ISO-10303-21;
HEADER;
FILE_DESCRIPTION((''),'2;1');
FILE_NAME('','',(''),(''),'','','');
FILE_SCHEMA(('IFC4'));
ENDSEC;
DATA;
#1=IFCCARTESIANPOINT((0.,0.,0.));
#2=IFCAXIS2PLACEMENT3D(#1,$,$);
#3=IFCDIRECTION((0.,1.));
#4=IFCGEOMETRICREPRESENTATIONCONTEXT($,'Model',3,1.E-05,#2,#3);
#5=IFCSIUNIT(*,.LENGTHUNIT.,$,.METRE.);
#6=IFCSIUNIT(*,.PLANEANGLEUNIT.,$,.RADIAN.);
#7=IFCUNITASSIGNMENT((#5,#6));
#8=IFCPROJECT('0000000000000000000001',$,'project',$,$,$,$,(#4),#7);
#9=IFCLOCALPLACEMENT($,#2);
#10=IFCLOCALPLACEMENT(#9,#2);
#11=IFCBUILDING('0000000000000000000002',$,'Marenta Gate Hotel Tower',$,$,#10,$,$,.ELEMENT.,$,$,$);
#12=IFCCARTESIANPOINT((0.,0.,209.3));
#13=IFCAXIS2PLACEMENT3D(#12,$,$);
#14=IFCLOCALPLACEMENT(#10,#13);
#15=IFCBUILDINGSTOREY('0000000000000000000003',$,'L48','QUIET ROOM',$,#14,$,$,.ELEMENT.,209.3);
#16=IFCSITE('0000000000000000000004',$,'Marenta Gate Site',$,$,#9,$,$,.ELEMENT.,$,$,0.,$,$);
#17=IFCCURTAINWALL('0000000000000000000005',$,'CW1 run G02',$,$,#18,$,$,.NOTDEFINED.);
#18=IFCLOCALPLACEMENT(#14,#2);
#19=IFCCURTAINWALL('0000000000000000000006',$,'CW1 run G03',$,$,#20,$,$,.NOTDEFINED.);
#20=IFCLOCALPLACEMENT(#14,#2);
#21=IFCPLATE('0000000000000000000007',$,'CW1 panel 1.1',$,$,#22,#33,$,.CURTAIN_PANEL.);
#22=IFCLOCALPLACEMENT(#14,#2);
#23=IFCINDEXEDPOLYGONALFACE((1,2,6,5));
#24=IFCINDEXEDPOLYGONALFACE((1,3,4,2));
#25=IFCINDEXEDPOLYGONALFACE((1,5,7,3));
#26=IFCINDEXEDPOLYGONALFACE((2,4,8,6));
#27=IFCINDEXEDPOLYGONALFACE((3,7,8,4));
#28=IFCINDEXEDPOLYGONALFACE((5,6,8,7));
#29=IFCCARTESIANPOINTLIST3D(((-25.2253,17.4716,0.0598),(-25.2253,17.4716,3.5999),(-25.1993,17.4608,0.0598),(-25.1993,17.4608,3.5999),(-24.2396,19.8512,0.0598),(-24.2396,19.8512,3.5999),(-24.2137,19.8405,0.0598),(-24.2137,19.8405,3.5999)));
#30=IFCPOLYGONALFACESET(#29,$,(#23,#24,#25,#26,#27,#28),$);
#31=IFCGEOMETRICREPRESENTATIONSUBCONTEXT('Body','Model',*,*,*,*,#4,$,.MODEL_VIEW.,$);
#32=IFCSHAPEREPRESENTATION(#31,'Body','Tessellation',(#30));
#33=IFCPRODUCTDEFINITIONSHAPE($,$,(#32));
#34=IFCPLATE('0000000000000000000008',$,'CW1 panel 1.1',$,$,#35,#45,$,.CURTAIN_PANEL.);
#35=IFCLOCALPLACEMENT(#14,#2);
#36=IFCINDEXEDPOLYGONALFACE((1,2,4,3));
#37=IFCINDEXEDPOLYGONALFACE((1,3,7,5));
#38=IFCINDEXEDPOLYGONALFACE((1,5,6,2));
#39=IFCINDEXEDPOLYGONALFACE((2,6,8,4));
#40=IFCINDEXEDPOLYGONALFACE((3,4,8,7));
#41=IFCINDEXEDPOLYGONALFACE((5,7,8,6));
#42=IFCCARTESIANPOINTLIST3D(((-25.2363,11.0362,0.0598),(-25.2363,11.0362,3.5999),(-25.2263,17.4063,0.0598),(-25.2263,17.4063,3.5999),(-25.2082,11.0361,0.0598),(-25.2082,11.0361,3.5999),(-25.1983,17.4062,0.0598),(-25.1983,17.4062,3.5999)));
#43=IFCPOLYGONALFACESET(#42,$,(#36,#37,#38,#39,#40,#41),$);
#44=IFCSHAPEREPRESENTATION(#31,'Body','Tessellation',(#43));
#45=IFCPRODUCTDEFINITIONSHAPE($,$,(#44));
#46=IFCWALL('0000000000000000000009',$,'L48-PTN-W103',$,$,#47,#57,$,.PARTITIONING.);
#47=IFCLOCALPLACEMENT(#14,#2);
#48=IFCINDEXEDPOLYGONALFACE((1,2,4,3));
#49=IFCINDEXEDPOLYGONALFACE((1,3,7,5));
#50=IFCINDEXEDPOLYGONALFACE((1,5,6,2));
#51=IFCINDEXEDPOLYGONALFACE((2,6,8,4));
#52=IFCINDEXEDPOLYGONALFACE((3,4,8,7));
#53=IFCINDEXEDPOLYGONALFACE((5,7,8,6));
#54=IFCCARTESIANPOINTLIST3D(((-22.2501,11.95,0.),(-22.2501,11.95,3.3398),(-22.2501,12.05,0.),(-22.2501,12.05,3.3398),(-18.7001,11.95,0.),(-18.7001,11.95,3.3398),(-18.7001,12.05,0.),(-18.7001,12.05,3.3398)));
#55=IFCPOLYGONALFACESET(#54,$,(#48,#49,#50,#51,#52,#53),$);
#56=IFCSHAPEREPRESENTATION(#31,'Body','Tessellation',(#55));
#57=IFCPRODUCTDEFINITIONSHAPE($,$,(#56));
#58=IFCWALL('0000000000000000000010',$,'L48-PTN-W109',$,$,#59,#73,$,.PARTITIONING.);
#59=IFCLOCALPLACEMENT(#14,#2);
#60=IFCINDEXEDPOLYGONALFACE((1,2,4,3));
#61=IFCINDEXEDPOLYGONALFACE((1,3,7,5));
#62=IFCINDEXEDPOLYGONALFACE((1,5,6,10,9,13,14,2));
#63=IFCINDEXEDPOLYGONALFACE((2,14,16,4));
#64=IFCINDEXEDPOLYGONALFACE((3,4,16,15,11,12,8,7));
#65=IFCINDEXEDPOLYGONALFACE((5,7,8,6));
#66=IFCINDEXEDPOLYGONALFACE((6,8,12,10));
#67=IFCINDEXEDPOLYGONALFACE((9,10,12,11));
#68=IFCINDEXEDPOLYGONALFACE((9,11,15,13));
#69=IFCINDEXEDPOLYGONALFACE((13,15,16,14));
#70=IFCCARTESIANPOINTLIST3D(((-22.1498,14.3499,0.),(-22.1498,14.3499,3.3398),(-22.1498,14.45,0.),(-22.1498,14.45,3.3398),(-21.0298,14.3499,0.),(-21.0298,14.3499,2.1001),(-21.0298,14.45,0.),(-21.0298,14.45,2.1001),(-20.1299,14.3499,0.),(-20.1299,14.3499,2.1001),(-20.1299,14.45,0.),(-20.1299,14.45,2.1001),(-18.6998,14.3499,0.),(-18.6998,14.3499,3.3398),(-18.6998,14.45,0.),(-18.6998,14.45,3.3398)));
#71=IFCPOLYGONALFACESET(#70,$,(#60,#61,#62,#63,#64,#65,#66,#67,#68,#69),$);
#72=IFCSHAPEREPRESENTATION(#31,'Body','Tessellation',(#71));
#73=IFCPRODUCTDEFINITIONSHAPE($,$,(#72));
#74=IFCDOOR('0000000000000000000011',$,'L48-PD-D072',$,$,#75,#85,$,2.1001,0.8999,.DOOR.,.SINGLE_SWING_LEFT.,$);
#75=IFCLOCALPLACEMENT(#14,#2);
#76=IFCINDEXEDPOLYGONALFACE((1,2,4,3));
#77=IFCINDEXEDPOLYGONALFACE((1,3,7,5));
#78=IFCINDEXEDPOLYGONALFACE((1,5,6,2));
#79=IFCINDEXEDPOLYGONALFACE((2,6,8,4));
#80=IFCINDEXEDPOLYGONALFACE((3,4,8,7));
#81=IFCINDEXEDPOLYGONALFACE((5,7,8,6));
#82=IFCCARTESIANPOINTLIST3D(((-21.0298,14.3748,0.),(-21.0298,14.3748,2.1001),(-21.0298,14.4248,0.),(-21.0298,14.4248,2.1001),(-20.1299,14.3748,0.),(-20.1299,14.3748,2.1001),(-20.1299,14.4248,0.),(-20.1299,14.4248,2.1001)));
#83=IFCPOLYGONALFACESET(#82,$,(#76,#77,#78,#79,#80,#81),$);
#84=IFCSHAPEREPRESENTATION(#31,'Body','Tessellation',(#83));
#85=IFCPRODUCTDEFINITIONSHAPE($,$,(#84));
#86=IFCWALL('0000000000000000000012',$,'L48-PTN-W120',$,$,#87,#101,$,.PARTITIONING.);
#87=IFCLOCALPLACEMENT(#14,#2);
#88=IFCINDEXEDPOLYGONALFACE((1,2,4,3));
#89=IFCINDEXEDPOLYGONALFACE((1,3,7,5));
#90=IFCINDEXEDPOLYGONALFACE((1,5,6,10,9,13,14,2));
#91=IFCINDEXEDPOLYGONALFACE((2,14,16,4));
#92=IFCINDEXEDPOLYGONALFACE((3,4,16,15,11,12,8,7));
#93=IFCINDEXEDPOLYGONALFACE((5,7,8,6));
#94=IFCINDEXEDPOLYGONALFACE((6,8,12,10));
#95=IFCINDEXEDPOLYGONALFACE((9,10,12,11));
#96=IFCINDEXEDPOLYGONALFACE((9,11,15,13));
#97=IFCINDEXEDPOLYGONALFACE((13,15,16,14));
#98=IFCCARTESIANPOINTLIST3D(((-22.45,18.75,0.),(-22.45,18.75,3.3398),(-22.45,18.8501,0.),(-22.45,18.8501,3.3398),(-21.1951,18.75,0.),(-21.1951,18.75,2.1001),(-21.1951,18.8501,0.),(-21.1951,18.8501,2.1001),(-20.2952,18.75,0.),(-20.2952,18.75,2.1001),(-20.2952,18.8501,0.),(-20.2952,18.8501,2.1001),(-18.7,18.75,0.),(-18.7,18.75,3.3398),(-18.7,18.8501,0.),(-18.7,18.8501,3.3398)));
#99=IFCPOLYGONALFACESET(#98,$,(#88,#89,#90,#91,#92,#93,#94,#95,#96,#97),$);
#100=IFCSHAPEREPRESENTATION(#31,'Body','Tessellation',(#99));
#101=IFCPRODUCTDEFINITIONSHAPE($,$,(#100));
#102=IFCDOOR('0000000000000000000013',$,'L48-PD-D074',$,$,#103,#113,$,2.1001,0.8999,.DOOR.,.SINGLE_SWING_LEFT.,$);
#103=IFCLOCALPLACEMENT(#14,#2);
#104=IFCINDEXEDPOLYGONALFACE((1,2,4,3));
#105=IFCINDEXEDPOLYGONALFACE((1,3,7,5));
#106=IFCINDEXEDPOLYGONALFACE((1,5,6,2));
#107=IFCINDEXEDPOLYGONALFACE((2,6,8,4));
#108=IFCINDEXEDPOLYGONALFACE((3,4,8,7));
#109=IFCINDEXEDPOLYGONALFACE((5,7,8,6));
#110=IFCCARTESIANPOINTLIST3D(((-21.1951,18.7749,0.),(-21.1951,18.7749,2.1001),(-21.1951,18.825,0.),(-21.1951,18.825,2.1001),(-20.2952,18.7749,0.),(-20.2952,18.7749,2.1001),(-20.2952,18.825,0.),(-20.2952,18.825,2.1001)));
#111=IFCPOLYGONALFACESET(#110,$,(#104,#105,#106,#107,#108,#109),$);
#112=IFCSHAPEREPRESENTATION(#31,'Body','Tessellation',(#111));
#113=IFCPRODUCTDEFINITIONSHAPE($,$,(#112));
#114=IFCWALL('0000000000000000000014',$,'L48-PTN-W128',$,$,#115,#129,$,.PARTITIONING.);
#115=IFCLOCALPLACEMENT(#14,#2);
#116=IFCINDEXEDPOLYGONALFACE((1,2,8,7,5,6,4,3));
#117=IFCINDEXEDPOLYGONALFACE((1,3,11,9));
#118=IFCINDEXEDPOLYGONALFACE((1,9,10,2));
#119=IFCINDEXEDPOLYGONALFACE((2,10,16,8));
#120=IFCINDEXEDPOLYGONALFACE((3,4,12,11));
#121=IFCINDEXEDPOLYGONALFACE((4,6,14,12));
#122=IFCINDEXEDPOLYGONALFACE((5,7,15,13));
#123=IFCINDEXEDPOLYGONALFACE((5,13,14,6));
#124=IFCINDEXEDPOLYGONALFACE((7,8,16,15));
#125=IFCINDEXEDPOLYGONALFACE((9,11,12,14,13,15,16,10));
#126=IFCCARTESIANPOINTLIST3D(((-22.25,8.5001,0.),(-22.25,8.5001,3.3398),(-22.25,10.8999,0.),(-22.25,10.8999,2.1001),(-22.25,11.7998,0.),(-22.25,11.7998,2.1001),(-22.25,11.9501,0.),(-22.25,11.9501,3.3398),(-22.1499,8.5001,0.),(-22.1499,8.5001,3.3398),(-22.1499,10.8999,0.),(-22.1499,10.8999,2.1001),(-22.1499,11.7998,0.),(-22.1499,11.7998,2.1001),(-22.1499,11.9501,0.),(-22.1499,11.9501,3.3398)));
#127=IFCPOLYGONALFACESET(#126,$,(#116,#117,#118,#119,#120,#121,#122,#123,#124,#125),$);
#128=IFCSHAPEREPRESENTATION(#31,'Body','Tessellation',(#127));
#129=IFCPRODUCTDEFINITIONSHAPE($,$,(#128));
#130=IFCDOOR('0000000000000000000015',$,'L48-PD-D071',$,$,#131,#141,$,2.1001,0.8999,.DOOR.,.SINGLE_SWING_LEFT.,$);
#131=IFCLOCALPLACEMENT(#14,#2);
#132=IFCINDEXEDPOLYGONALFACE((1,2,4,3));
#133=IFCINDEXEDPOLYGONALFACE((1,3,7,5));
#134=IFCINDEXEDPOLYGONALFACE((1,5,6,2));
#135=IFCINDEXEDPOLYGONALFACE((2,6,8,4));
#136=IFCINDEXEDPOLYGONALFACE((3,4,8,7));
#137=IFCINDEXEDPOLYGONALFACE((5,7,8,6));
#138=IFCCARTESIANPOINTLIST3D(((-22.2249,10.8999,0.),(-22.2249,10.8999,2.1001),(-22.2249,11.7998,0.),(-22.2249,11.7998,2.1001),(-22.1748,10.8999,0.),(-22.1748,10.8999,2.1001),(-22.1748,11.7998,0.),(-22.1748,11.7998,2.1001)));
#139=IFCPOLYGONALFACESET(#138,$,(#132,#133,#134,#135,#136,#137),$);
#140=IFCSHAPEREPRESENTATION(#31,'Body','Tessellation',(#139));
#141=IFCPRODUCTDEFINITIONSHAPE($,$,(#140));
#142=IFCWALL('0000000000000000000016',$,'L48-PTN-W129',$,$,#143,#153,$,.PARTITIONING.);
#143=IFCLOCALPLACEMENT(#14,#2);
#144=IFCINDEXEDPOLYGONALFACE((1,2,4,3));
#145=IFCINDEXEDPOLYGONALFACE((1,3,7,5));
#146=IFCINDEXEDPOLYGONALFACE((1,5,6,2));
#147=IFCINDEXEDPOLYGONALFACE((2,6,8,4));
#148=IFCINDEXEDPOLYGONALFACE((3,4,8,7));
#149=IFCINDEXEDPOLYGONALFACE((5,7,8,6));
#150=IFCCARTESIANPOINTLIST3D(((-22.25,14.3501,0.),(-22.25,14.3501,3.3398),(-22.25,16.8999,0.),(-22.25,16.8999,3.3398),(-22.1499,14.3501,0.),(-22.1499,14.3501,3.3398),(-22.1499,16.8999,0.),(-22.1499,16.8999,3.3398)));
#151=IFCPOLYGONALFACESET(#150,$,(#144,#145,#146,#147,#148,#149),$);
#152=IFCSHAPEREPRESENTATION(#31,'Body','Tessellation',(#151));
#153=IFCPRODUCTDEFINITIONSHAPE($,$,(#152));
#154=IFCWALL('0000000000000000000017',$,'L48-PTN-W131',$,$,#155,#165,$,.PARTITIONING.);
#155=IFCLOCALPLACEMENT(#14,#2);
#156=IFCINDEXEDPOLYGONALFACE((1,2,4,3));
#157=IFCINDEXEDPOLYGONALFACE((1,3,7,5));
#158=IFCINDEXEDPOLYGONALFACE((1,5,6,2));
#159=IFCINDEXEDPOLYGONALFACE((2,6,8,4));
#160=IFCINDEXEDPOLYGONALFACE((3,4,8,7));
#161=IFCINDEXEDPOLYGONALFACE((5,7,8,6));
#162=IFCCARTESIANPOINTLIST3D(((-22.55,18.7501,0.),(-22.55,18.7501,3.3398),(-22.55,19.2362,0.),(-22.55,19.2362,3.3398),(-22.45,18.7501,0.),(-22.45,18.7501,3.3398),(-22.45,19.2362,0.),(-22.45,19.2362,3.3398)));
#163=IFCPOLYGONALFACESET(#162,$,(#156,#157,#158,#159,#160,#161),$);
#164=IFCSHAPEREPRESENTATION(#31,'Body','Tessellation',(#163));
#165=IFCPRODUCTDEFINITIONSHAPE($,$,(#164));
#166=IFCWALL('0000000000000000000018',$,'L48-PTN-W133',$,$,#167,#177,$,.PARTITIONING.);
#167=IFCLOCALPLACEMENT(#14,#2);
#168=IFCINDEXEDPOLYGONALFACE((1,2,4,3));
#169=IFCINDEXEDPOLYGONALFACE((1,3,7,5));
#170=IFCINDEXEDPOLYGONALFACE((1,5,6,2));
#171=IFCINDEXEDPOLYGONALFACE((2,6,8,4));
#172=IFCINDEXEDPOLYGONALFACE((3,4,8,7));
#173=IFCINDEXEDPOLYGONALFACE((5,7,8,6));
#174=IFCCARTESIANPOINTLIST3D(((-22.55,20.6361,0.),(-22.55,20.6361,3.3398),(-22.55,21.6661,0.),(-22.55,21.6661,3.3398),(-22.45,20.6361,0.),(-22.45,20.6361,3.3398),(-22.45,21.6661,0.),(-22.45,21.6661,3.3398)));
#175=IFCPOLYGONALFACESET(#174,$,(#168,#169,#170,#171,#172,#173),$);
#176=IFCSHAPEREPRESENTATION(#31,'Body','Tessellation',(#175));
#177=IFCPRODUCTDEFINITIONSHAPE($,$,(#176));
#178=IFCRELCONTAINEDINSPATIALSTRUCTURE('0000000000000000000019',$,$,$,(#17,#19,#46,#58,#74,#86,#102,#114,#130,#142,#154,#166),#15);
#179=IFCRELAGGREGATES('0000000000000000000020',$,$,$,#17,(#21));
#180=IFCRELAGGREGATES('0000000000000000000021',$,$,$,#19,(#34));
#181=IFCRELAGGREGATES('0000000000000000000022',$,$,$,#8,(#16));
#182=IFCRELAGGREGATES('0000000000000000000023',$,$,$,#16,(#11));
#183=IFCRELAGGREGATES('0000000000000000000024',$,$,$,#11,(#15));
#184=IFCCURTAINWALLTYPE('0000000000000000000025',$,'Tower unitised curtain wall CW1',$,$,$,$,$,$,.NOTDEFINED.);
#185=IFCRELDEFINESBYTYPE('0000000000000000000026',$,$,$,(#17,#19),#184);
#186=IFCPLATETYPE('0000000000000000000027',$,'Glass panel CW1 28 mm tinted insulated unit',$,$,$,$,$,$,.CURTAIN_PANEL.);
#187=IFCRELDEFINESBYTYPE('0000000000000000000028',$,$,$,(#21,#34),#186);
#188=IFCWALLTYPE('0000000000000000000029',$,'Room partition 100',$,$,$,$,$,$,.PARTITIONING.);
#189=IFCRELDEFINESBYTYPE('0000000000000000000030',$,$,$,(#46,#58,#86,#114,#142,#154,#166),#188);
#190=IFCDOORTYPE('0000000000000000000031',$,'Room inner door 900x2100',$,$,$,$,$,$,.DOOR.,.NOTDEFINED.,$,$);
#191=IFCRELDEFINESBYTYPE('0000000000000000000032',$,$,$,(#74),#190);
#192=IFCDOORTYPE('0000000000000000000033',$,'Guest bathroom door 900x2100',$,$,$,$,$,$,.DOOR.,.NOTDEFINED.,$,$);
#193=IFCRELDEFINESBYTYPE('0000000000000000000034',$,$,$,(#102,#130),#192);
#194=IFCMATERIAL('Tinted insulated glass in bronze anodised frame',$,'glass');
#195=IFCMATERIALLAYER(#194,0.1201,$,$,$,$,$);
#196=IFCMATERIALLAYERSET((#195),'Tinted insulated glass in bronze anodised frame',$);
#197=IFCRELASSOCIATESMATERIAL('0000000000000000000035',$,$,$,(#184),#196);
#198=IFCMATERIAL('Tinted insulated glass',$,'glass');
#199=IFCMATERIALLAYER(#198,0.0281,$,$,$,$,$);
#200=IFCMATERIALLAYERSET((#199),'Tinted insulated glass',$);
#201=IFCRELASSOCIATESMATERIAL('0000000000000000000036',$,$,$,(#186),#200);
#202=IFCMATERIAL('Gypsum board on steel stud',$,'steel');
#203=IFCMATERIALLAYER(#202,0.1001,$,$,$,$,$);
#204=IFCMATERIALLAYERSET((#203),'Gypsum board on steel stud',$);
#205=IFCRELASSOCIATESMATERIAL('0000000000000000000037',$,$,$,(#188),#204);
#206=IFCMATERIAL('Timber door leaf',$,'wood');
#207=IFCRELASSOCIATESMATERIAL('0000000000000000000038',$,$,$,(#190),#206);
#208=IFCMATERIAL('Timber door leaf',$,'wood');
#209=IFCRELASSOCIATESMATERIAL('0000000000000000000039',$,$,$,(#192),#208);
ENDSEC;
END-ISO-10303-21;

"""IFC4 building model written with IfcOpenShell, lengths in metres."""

from ifc_helpers import new_model, si_unit, direction, frame, frame_2d, origin, origin_2d, place, context, subcontext, project, spatial, rectangle, extrude, material, layer, layer_set, type_object, element, fill, aggregate, save


model = new_model("IFC4")

# Units and contexts
model_context = context("Model", 3, precision=1e-05, world=origin(), true_north=direction((0.0, 1.0)))
body_context = subcontext(model_context, "Body", "Model", "MODEL_VIEW")
ifc_project = project(units=[si_unit("LENGTHUNIT", "METRE"), si_unit("PLANEANGLEUNIT", "RADIAN")], contexts=[model_context])

# Site, building, storey
site_placement = place(None, origin())
site = spatial("IfcSite", under=ifc_project, at=site_placement, Name="Marenta Gate Site", CompositionType="ELEMENT", RefElevation=0.0)
building_placement = place(site_placement, origin())
building = spatial("IfcBuilding", under=site, at=building_placement, Name="Marenta Gate Hotel Tower", CompositionType="ELEMENT")
storey_placement = place(building_placement, frame((0.0, 0.0, 209.3)))
storey = spatial("IfcBuildingStorey", under=building, at=storey_placement, Name="L48", Description="QUIET ROOM", CompositionType="ELEMENT", Elevation=209.3)

# Curtain wall
ifc_material_1 = material(Name="Tinted insulated glass in bronze anodised frame", Category="glass")
ifc_layer_1 = layer(ifc_material_1, 0.1201)
ifc_layer_set_1 = layer_set([ifc_layer_1], Name="Tinted insulated glass in bronze anodised frame")
curtain_wall_type = type_object("IfcCurtainWallType", Name="Tower unitised curtain wall CW1", PredefinedType="NOTDEFINED", material=ifc_layer_set_1)
curtain_wall_1_placement = place(storey_placement, origin())
curtain_wall_1 = element("IfcCurtainWall", 1, at=curtain_wall_1_placement, inside=storey, type_object=curtain_wall_type, Name="CW1 run G02", PredefinedType="NOTDEFINED")

# Curtain wall
curtain_wall_2_placement = place(storey_placement, origin())
curtain_wall_2 = element("IfcCurtainWall", 2, at=curtain_wall_2_placement, inside=storey, type_object=curtain_wall_type, Name="CW1 run G03", PredefinedType="NOTDEFINED")

# Shared definitions
ifc_material_2 = material(Name="Tinted insulated glass", Category="glass")
ifc_layer_2 = layer(ifc_material_2, 0.0281)
ifc_layer_set_2 = layer_set([ifc_layer_2], Name="Tinted insulated glass")
plate_type = type_object("IfcPlateType", Name="Glass panel CW1 28 mm tinted insulated unit", PredefinedType="CURTAIN_PANEL", material=ifc_layer_set_2)

# Plates
plate_1_placement = place(storey_placement, frame((-24.7195, 18.656, 0.0598), z_axis=(0.0, 0.0, 1.0), x_axis=(-0.382667, -0.923886, 0.0)))
plate_1 = element("IfcPlate", 3, at=plate_1_placement, type_object=plate_type, Name="CW1 panel 1.1", PredefinedType="CURTAIN_PANEL", context=body_context, shape_type="SweptSolid", body=[
    extrude(rectangle(XDim=2.5757, YDim=0.0281, at=origin_2d()), origin(), (0.0, 0.0, 1.0), 3.54),
])
aggregate(curtain_wall_1, [plate_1])
plate_2_placement = place(storey_placement, frame((-25.2173, 14.2212, 0.0598), z_axis=(0.0, 0.0, 1.0), x_axis=(-0.001566, -0.999999, 0.0)))
plate_2 = element("IfcPlate", 4, at=plate_2_placement, type_object=plate_type, Name="CW1 panel 1.1", PredefinedType="CURTAIN_PANEL", context=body_context, shape_type="SweptSolid", body=[
    extrude(rectangle(XDim=6.3701, YDim=0.0281, at=origin_2d()), origin(), (0.0, 0.0, 1.0), 3.54),
])
aggregate(curtain_wall_2, [plate_2])

# Wall
ifc_material_3 = material(Name="Gypsum board on steel stud", Category="steel")
ifc_layer_3 = layer(ifc_material_3, 0.1001)
ifc_layer_set_3 = layer_set([ifc_layer_3], Name="Gypsum board on steel stud")
wall_type_1 = type_object("IfcWallType", Name="Room partition 100", PredefinedType="PARTITIONING", material=ifc_layer_set_3)
wall_1_placement = place(storey_placement, frame((-22.25, 12.0, 0.0), z_axis=(0.0, 0.0, 1.0), x_axis=(1.0, 0.0, 0.0)))
element("IfcWall", 5, at=wall_1_placement, inside=storey, type_object=wall_type_1, Name="L48-PTN-W103", PredefinedType="PARTITIONING", context=body_context, shape_type="SweptSolid", body=[
    extrude(rectangle(XDim=3.55, YDim=0.1001, at=frame_2d((1.7749, 0.0))), origin(), (0.0, 0.0, 1.0), 3.3398),
])

# Walls, openings, doors
wall_2_placement = place(storey_placement, frame((-22.1499, 14.3999, 0.0), z_axis=(0.0, 0.0, 1.0), x_axis=(1.0, 0.0, 0.0)))
wall_2 = element("IfcWall", 6, at=wall_2_placement, inside=storey, type_object=wall_type_1, Name="L48-PTN-W109", PredefinedType="PARTITIONING", context=body_context, shape_type="SweptSolid", body=[
    extrude(rectangle(XDim=3.45, YDim=0.1001, at=frame_2d((1.7251, 0.0))), origin(), (0.0, 0.0, 1.0), 3.3398),
])
opening_1_placement = place(wall_2_placement, frame((1.1201, 0.0, 0.0)))
opening_1 = element("IfcOpeningElement", 7, at=opening_1_placement, cuts=wall_2, PredefinedType="OPENING", context=body_context, shape_type="SweptSolid", body=[
    extrude(rectangle(XDim=0.8999, YDim=2.1001, at=frame_2d((0.45, 1.05))), frame((0.0, 0.05, 0.0), z_axis=(0.0, -1.0, 0.0), x_axis=(1.0, 0.0, 0.0)), (0.0, 0.0, 1.0), 0.1001),
])
ifc_material_4 = material(Name="Timber door leaf", Category="wood")
door_type_1 = type_object("IfcDoorType", Name="Room inner door 900x2100", OperationType="NOTDEFINED", PredefinedType="DOOR", material=ifc_material_4)
door_1_placement = place(opening_1_placement, origin())
door_1 = element("IfcDoor", 8, at=door_1_placement, inside=storey, type_object=door_type_1, Name="L48-PD-D072", OperationType="SINGLE_SWING_LEFT", OverallHeight=2.1001, OverallWidth=0.8999, PredefinedType="DOOR", context=body_context, shape_type="SweptSolid", body=[
    extrude(rectangle(XDim=0.8999, YDim=2.1001, at=frame_2d((0.45, 1.05))), frame((0.0, 0.0249, 0.0), z_axis=(0.0, -1.0, 0.0), x_axis=(1.0, 0.0, 0.0)), (0.0, 0.0, 1.0), 0.05),
])
fill(opening_1, door_1)
wall_3_placement = place(storey_placement, frame((-22.45, 18.8, 0.0), z_axis=(0.0, 0.0, 1.0), x_axis=(1.0, 0.0, 0.0)))
wall_3 = element("IfcWall", 9, at=wall_3_placement, inside=storey, type_object=wall_type_1, Name="L48-PTN-W120", PredefinedType="PARTITIONING", context=body_context, shape_type="SweptSolid", body=[
    extrude(rectangle(XDim=3.75, YDim=0.1001, at=frame_2d((1.875, 0.0))), origin(), (0.0, 0.0, 1.0), 3.3398),
])
opening_2_placement = place(wall_3_placement, frame((1.2549, 0.0, 0.0)))
opening_2 = element("IfcOpeningElement", 10, at=opening_2_placement, cuts=wall_3, PredefinedType="OPENING", context=body_context, shape_type="SweptSolid", body=[
    extrude(rectangle(XDim=0.8999, YDim=2.1001, at=frame_2d((0.45, 1.05))), frame((0.0, 0.05, 0.0), z_axis=(0.0, -1.0, 0.0), x_axis=(1.0, 0.0, 0.0)), (0.0, 0.0, 1.0), 0.1001),
])
ifc_material_5 = material(Name="Timber door leaf", Category="wood")
door_type_2 = type_object("IfcDoorType", Name="Guest bathroom door 900x2100", OperationType="NOTDEFINED", PredefinedType="DOOR", material=ifc_material_5)
door_2_placement = place(opening_2_placement, origin())
door_2 = element("IfcDoor", 11, at=door_2_placement, inside=storey, type_object=door_type_2, Name="L48-PD-D074", OperationType="SINGLE_SWING_LEFT", OverallHeight=2.1001, OverallWidth=0.8999, PredefinedType="DOOR", context=body_context, shape_type="SweptSolid", body=[
    extrude(rectangle(XDim=0.8999, YDim=2.1001, at=frame_2d((0.45, 1.05))), frame((0.0, 0.0249, 0.0), z_axis=(0.0, -1.0, 0.0), x_axis=(1.0, 0.0, 0.0)), (0.0, 0.0, 1.0), 0.05),
])
fill(opening_2, door_2)
wall_4_placement = place(storey_placement, frame((-22.2, 8.5, 0.0), z_axis=(0.0, 0.0, 1.0), x_axis=(0.0, 1.0, 0.0)))
wall_4 = element("IfcWall", 12, at=wall_4_placement, inside=storey, type_object=wall_type_1, Name="L48-PTN-W128", PredefinedType="PARTITIONING", context=body_context, shape_type="SweptSolid", body=[
    extrude(rectangle(XDim=3.45, YDim=0.1001, at=frame_2d((1.7251, 0.0))), origin(), (0.0, 0.0, 1.0), 3.3398),
])
opening_3_placement = place(wall_4_placement, frame((2.3999, 0.0, 0.0)))
opening_3 = element("IfcOpeningElement", 13, at=opening_3_placement, cuts=wall_4, PredefinedType="OPENING", context=body_context, shape_type="SweptSolid", body=[
    extrude(rectangle(XDim=0.8999, YDim=2.1001, at=frame_2d((0.45, 1.05))), frame((0.0, 0.05, 0.0), z_axis=(0.0, -1.0, 0.0), x_axis=(1.0, 0.0, 0.0)), (0.0, 0.0, 1.0), 0.1001),
])
door_3_placement = place(opening_3_placement, origin())
door_3 = element("IfcDoor", 14, at=door_3_placement, inside=storey, type_object=door_type_2, Name="L48-PD-D071", OperationType="SINGLE_SWING_LEFT", OverallHeight=2.1001, OverallWidth=0.8999, PredefinedType="DOOR", context=body_context, shape_type="SweptSolid", body=[
    extrude(rectangle(XDim=0.8999, YDim=2.1001, at=frame_2d((0.45, 1.05))), frame((0.0, 0.0249, 0.0), z_axis=(0.0, -1.0, 0.0), x_axis=(1.0, 0.0, 0.0)), (0.0, 0.0, 1.0), 0.05),
])
fill(opening_3, door_3)

# Walls
wall_5_placement = place(storey_placement, frame((-22.2, 14.3501, 0.0), z_axis=(0.0, 0.0, 1.0), x_axis=(0.0, 1.0, 0.0)))
element("IfcWall", 15, at=wall_5_placement, inside=storey, type_object=wall_type_1, Name="L48-PTN-W129", PredefinedType="PARTITIONING", context=body_context, shape_type="SweptSolid", body=[
    extrude(rectangle(XDim=2.5498, YDim=0.1001, at=frame_2d((1.2749, 0.0))), origin(), (0.0, 0.0, 1.0), 3.3398),
])
wall_6_placement = place(storey_placement, frame((-22.5, 18.75, 0.0), z_axis=(0.0, 0.0, 1.0), x_axis=(0.0, 1.0, 0.0)))
element("IfcWall", 16, at=wall_6_placement, inside=storey, type_object=wall_type_1, Name="L48-PTN-W131", PredefinedType="PARTITIONING", context=body_context, shape_type="SweptSolid", body=[
    extrude(rectangle(XDim=0.4861, YDim=0.1001, at=frame_2d((0.2432, 0.0))), origin(), (0.0, 0.0, 1.0), 3.3398),
])
wall_7_placement = place(storey_placement, frame((-22.5, 20.636, 0.0), z_axis=(0.0, 0.0, 1.0), x_axis=(0.0, 1.0, 0.0)))
element("IfcWall", 17, at=wall_7_placement, inside=storey, type_object=wall_type_1, Name="L48-PTN-W133", PredefinedType="PARTITIONING", context=body_context, shape_type="SweptSolid", body=[
    extrude(rectangle(XDim=1.03, YDim=0.1001, at=frame_2d((0.5151, 0.0))), origin(), (0.0, 0.0, 1.0), 3.3398),
])

save(model, "model.ifc")
